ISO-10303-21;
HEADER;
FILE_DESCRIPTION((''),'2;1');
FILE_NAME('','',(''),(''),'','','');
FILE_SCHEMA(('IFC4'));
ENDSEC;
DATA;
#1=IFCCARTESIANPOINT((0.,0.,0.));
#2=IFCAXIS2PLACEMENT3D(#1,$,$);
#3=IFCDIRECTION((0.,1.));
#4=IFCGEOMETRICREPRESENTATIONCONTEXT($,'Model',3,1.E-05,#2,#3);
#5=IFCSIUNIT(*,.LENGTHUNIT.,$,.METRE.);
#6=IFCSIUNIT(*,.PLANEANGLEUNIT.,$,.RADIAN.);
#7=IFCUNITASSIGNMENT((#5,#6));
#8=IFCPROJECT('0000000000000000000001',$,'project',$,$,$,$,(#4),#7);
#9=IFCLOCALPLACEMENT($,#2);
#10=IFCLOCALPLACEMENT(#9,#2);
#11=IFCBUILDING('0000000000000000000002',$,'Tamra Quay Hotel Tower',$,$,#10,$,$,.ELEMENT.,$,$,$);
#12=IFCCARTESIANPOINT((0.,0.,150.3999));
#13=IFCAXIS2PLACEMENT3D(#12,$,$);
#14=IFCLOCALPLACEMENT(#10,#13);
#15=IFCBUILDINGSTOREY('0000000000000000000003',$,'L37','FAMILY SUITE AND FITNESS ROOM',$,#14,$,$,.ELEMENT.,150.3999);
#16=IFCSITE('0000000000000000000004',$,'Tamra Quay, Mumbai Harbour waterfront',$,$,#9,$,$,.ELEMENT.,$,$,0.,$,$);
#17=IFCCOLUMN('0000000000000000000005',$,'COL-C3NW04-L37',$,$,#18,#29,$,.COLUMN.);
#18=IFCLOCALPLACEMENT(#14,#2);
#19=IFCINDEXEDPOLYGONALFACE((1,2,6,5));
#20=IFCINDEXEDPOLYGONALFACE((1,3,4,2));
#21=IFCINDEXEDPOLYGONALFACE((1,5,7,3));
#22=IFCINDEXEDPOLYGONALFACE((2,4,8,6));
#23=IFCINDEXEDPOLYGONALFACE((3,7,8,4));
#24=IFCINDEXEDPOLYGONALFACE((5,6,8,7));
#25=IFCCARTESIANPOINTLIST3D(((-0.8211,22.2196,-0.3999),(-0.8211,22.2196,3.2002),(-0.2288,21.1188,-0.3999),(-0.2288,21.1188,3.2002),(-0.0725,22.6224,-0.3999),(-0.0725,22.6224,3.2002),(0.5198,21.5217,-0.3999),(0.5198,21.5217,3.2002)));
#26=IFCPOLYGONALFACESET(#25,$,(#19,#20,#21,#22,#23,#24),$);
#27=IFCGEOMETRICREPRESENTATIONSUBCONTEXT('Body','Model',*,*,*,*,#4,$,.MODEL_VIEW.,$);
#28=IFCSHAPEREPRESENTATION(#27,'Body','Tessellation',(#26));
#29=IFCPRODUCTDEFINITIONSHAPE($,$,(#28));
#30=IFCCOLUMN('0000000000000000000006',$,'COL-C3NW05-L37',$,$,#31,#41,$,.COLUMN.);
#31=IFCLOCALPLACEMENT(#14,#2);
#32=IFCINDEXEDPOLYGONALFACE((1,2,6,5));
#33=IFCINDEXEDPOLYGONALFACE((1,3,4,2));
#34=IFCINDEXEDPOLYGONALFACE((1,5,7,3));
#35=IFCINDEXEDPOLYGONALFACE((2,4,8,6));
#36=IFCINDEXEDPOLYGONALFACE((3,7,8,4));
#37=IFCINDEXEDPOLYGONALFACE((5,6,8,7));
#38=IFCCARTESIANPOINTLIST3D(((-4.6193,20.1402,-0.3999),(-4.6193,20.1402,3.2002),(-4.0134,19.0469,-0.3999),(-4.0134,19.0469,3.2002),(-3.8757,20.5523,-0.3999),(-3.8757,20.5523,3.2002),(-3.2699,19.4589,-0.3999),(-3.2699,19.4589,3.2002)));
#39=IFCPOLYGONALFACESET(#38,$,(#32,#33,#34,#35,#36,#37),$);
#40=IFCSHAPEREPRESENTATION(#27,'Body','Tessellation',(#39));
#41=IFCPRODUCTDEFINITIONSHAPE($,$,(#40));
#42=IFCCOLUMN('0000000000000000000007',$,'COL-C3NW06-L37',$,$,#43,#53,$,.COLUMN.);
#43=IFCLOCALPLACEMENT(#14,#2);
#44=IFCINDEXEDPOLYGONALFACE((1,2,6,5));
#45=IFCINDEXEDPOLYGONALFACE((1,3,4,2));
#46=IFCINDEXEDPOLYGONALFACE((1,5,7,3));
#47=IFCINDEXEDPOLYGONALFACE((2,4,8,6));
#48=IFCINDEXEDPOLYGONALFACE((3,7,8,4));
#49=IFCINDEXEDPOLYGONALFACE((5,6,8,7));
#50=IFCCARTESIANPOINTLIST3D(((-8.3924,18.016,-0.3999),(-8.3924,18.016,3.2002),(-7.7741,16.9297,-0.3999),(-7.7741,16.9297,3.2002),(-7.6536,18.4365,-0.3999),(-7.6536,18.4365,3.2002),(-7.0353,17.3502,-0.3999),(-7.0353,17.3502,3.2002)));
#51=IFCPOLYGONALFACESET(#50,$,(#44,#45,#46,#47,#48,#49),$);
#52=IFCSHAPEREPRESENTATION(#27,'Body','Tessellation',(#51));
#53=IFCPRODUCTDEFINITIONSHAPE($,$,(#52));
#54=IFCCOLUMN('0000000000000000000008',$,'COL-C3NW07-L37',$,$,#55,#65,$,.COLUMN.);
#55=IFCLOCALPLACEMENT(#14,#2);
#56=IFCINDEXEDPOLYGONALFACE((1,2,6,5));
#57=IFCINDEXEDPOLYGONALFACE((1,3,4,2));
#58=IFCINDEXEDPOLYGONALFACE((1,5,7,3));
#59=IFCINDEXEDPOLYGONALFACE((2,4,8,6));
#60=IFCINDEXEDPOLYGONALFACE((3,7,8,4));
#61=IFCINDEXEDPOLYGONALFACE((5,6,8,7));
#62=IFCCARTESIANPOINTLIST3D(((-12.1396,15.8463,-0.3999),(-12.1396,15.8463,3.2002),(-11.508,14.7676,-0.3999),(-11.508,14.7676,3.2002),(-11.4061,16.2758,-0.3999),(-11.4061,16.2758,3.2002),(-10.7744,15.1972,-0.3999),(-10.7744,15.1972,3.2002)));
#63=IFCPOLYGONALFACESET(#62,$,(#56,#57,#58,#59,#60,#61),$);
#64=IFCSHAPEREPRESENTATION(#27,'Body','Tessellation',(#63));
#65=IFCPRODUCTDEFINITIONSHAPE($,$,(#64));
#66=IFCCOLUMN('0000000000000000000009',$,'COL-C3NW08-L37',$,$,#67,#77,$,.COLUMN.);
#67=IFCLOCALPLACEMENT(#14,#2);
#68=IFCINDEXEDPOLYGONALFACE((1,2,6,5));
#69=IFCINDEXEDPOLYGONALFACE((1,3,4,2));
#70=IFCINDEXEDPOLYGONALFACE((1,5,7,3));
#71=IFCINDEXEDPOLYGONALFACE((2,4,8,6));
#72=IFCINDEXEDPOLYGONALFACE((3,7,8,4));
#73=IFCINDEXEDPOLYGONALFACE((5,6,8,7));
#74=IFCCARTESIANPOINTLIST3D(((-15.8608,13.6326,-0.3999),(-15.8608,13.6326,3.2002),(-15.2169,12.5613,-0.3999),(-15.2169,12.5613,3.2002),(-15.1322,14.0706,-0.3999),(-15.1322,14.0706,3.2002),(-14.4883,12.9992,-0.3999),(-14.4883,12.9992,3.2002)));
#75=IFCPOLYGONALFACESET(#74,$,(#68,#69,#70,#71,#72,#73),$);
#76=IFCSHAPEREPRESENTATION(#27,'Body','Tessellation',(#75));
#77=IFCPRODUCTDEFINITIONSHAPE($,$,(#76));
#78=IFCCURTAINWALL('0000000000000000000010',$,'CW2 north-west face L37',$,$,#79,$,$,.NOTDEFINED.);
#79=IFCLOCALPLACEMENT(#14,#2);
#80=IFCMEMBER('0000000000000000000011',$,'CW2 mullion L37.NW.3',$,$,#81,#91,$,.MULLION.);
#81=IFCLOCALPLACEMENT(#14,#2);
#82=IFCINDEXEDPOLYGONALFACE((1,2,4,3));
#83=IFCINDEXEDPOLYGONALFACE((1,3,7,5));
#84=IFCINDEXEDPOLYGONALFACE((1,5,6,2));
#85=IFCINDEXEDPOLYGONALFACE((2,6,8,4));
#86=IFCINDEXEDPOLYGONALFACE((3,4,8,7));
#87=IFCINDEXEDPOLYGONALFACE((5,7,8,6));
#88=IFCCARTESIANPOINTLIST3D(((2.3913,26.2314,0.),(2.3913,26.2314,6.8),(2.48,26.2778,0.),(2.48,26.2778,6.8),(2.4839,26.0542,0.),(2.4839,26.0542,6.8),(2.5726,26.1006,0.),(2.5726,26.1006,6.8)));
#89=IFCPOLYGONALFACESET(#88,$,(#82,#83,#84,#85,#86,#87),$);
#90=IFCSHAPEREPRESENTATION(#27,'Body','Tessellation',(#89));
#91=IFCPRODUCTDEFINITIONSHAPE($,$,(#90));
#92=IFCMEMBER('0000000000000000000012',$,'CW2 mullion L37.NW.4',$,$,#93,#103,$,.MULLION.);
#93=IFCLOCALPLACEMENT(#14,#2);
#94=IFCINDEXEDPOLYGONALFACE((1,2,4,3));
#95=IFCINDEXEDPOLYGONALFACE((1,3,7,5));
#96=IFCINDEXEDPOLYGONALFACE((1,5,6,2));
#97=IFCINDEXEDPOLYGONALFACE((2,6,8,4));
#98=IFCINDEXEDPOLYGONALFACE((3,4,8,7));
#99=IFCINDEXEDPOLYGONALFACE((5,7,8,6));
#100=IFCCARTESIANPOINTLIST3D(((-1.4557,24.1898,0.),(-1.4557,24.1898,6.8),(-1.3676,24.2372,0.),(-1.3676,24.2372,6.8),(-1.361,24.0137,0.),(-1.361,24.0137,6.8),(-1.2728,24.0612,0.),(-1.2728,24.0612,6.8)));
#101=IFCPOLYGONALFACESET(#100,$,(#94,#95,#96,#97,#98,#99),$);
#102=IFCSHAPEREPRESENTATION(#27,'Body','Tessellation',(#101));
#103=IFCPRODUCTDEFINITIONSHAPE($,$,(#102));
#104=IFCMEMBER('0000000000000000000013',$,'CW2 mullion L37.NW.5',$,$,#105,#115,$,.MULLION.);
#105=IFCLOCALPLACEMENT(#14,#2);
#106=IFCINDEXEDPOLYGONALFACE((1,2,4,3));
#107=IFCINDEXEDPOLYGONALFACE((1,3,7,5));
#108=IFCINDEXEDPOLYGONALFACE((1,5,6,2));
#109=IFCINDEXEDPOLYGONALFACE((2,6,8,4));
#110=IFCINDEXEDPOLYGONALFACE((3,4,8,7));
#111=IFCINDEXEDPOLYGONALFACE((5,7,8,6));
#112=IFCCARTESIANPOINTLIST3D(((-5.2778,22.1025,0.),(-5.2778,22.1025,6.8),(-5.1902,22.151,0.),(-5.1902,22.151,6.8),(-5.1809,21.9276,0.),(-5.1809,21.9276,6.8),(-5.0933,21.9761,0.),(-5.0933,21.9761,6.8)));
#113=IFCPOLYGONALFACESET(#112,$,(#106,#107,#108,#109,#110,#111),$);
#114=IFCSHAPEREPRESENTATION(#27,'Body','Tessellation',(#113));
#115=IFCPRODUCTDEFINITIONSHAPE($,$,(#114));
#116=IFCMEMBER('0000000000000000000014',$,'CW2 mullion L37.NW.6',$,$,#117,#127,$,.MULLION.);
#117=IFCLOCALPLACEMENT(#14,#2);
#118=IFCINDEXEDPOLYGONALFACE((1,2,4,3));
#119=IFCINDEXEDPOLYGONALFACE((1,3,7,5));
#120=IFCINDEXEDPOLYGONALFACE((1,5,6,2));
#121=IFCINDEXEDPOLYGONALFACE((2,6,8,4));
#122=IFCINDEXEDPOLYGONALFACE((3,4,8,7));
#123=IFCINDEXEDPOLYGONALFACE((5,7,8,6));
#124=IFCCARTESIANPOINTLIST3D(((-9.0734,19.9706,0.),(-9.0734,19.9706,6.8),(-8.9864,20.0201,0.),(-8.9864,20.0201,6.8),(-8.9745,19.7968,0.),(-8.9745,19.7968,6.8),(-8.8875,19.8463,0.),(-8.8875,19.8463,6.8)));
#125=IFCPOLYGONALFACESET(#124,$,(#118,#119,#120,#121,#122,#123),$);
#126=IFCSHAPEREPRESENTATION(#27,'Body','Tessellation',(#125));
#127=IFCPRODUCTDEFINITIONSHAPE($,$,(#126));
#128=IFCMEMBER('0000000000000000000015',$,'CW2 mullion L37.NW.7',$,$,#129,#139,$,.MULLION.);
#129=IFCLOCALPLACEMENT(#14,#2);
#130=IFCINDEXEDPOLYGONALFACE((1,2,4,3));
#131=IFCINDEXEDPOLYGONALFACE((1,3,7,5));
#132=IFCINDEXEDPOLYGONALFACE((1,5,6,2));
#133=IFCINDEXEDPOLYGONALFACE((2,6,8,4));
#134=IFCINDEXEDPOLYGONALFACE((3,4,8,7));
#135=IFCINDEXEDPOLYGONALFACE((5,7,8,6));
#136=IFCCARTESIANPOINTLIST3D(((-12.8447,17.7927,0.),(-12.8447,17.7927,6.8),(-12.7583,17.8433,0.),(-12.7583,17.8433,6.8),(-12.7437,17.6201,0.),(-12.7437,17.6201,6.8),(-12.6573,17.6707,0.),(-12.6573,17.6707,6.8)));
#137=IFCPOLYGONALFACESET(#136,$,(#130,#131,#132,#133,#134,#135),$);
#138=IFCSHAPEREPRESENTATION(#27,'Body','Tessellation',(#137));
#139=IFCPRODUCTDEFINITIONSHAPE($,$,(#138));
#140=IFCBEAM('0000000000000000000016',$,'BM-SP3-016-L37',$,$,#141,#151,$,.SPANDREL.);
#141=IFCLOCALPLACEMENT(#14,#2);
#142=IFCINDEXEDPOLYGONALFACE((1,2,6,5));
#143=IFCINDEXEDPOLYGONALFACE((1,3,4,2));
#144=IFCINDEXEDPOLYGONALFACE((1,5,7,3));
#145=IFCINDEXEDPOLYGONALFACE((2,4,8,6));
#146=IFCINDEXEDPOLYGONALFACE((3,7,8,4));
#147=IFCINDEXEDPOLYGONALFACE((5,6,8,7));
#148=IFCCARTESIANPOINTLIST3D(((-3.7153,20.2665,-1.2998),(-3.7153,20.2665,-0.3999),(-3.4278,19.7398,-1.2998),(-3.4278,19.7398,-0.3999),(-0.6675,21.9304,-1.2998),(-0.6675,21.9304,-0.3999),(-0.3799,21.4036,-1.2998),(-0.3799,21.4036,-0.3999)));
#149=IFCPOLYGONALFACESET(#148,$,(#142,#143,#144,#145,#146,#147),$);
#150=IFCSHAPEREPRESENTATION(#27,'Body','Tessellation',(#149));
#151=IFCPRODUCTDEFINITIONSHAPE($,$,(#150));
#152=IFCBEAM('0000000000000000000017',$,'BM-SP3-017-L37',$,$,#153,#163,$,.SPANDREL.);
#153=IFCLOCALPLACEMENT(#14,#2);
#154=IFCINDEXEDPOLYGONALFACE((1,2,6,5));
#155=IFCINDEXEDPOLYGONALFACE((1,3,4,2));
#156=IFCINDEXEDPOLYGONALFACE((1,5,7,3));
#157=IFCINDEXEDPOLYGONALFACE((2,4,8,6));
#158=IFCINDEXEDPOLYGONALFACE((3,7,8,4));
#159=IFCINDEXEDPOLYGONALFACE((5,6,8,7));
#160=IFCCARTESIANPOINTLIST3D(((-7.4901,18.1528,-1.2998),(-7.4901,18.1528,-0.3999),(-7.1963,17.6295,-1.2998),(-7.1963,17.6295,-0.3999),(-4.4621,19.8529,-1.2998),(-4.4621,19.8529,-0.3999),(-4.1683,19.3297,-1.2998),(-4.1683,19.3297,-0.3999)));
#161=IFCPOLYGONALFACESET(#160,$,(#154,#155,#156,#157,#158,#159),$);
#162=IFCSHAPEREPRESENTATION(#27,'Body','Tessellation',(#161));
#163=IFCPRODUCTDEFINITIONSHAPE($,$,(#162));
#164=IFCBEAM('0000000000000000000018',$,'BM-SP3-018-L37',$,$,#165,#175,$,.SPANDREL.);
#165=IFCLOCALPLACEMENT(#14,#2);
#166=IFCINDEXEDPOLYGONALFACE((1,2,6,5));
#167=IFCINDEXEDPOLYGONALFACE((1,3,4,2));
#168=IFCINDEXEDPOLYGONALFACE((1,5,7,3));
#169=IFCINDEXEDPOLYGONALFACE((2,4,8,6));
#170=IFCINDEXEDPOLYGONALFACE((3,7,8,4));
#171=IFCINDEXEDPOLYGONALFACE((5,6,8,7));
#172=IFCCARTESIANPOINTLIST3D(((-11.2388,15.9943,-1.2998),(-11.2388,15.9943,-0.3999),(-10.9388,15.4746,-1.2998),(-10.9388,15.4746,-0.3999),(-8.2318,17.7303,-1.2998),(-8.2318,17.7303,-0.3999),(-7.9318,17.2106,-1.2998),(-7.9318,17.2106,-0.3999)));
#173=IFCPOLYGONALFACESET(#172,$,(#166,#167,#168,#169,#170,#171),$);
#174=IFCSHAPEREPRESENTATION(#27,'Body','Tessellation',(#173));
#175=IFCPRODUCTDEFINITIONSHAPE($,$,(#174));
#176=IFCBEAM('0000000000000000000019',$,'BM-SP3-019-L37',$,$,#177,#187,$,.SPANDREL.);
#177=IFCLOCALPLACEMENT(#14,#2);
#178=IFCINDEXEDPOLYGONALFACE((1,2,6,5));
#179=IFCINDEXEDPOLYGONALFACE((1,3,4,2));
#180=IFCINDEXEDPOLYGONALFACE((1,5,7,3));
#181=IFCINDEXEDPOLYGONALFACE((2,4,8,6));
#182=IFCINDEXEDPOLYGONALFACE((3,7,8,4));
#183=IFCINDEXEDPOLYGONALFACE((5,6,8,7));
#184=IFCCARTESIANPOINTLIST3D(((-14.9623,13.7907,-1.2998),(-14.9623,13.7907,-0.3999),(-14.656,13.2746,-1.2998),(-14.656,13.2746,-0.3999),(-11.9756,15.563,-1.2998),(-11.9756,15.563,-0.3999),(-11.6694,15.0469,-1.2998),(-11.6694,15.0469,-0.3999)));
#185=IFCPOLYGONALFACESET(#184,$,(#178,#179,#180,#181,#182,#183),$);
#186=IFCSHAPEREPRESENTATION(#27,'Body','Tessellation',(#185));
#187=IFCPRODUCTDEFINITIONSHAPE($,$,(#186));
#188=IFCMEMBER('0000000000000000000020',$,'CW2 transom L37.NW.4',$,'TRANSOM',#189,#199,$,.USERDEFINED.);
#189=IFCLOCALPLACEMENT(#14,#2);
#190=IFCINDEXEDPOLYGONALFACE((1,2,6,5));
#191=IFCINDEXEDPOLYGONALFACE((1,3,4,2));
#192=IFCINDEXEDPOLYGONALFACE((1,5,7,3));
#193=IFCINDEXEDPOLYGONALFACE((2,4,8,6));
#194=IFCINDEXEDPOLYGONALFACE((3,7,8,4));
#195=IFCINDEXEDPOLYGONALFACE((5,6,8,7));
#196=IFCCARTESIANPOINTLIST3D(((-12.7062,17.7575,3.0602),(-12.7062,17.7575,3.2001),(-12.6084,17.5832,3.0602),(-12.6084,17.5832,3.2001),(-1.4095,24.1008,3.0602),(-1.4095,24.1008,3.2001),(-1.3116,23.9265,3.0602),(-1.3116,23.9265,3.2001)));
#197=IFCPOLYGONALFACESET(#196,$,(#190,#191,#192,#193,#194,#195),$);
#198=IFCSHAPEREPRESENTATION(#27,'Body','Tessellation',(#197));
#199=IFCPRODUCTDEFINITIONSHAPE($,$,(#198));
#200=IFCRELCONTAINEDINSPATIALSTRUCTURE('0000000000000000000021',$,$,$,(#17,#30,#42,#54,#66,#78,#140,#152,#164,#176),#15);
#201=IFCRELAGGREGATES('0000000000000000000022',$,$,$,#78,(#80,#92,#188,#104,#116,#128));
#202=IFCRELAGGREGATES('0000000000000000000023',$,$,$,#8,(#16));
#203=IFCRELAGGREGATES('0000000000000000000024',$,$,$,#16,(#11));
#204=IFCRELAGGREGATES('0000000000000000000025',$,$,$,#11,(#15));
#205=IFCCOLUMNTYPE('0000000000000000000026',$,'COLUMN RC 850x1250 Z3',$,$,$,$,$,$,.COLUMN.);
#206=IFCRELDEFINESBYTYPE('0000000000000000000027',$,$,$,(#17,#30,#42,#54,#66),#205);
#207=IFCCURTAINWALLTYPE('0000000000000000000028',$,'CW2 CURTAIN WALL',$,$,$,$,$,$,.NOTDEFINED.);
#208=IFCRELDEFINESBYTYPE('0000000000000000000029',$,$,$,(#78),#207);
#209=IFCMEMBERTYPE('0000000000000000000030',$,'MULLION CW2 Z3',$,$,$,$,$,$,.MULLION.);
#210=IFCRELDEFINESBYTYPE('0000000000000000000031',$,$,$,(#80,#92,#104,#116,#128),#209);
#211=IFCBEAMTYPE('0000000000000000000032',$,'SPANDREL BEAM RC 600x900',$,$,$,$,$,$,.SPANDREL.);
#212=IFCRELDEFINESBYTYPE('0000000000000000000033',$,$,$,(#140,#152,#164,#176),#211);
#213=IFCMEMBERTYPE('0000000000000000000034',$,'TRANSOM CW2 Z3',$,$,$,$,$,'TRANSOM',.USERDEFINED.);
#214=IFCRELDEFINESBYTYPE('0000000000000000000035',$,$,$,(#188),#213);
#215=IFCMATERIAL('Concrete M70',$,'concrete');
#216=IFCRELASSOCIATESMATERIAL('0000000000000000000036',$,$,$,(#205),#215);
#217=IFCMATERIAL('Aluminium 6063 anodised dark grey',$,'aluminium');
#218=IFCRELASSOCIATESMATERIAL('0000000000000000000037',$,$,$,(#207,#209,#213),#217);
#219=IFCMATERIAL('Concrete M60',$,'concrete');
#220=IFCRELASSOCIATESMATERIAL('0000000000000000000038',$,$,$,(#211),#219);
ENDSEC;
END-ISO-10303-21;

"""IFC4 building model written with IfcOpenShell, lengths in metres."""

from ifc_helpers import new_model, si_unit, direction, frame, origin, origin_2d, place, context, subcontext, project, spatial, rectangle, extrude, material, material_profile, profile_set, type_object, element, aggregate, save


model = new_model("IFC4")

# Units and contexts
model_context = context("Model", 3, precision=1e-05, world=origin(), true_north=direction((0.0, 1.0)))
body_context = subcontext(model_context, "Body", "Model", "MODEL_VIEW")
ifc_project = project(units=[si_unit("LENGTHUNIT", "METRE"), si_unit("PLANEANGLEUNIT", "RADIAN")], contexts=[model_context])

# Site, building, storey
site_placement = place(None, origin())
site = spatial("IfcSite", under=ifc_project, at=site_placement, Name="Tamra Quay, Mumbai Harbour waterfront", CompositionType="ELEMENT", RefElevation=0.0)
building_placement = place(site_placement, origin())
building = spatial("IfcBuilding", under=site, at=building_placement, Name="Tamra Quay Hotel Tower", CompositionType="ELEMENT")
storey_placement = place(building_placement, frame((0.0, 0.0, 150.3999)))
storey = spatial("IfcBuildingStorey", under=building, at=storey_placement, Name="L37", Description="FAMILY SUITE AND FITNESS ROOM", CompositionType="ELEMENT", Elevation=150.3999)

# Columns
ifc_material_1 = material(Name="Concrete M70", Category="concrete")
ifc_material_profile_1 = material_profile(ifc_material_1, rectangle(XDim=1.25, YDim=0.8501, at=origin_2d()), Name="COLUMN RC 850x1250 Z3")
ifc_profile_set_1 = profile_set([ifc_material_profile_1], Name="Concrete M70")
column_type = type_object("IfcColumnType", Name="COLUMN RC 850x1250 Z3", PredefinedType="COLUMN", material=ifc_profile_set_1)
for number, where, z_axis, x_axis, name in (
    (1, (-0.1506, 21.8706, -0.3999), (0.0, 0.0, 1.0), (-0.473876, 0.880592, 0.0), "COL-C3NW04-L37"),
    (2, (-3.9446, 19.7996, -0.3999), (0.0, 0.0, 1.0), (-0.484683, 0.87469, 0.0), "COL-C3NW05-L37"),
    (3, (-7.7139, 17.6831, -0.3999), (0.0, 0.0, 1.0), (-0.494656, 0.869089, 0.0), "COL-C3NW06-L37"),
    (4, (-11.457, 15.5217, -0.3999), (0.0, 0.0, 1.0), (-0.505325, 0.862929, 0.0), "COL-C3NW07-L37"),
    (5, (-15.1746, 13.3159, -0.3999), (0.0, 0.0, 1.0), (-0.515162, 0.857093, 0.0), "COL-C3NW08-L37"),
):
    element("IfcColumn", number, at=place(storey_placement, frame(where, z_axis=z_axis, x_axis=x_axis)), inside=storey, type_object=column_type, Name=name, PredefinedType="COLUMN", context=body_context, shape_type="SweptSolid", body=[
        extrude(rectangle(XDim=1.25, YDim=0.8501, at=origin_2d()), origin(), (0.0, 0.0, 1.0), 3.6001),
    ])

# Curtain wall, members
ifc_material_2 = material(Name="Aluminium 6063 anodised dark grey", Category="aluminium")
curtain_wall_type = type_object("IfcCurtainWallType", Name="CW2 CURTAIN WALL", PredefinedType="NOTDEFINED", material=ifc_material_2)
curtain_wall_placement = place(storey_placement, origin())
curtain_wall = element("IfcCurtainWall", 6, at=curtain_wall_placement, inside=storey, type_object=curtain_wall_type, Name="CW2 north-west face L37", PredefinedType="NOTDEFINED")
ifc_material_profile_2 = material_profile(ifc_material_2, rectangle(XDim=0.2, YDim=0.1001, at=origin_2d()), Name="MULLION 100X200")
ifc_profile_set_2 = profile_set([ifc_material_profile_2], Name="Aluminium 6063 anodised dark grey")
member_type_1 = type_object("IfcMemberType", Name="MULLION CW2 Z3", PredefinedType="MULLION", material=ifc_profile_set_2)
member_1_placement = place(storey_placement, frame((2.4819, 26.166, 0.0), z_axis=(0.0, 0.0, 1.0), x_axis=(-0.463366, 0.886167, 0.0)))
member_1 = element("IfcMember", 7, at=member_1_placement, type_object=member_type_1, Name="CW2 mullion L37.NW.3", PredefinedType="MULLION", context=body_context, shape_type="SweptSolid", body=[
    extrude(rectangle(XDim=0.2, YDim=0.1001, at=origin_2d()), origin(), (0.0, 0.0, 1.0), 6.8),
])
member_2_placement = place(storey_placement, frame((-1.3643, 24.1255, 0.0), z_axis=(0.0, 0.0, 1.0), x_axis=(-0.473908, 0.880575, 0.0)))
member_2 = element("IfcMember", 8, at=member_2_placement, type_object=member_type_1, Name="CW2 mullion L37.NW.4", PredefinedType="MULLION", context=body_context, shape_type="SweptSolid", body=[
    extrude(rectangle(XDim=0.2, YDim=0.1001, at=origin_2d()), origin(), (0.0, 0.0, 1.0), 6.8),
])
member_3_placement = place(storey_placement, frame((-5.1855, 22.0393, 0.0), z_axis=(0.0, 0.0, 1.0), x_axis=(-0.484395, 0.87485, 0.0)))
member_3 = element("IfcMember", 9, at=member_3_placement, type_object=member_type_1, Name="CW2 mullion L37.NW.5", PredefinedType="MULLION", context=body_context, shape_type="SweptSolid", body=[
    extrude(rectangle(XDim=0.2, YDim=0.1001, at=origin_2d()), origin(), (0.0, 0.0, 1.0), 6.8),
])
member_4_placement = place(storey_placement, frame((-8.9805, 19.9084, 0.0), z_axis=(0.0, 0.0, 1.0), x_axis=(-0.494813, 0.868999, 0.0)))
member_4 = element("IfcMember", 10, at=member_4_placement, type_object=member_type_1, Name="CW2 mullion L37.NW.6", PredefinedType="MULLION", context=body_context, shape_type="SweptSolid", body=[
    extrude(rectangle(XDim=0.2, YDim=0.1001, at=origin_2d()), origin(), (0.0, 0.0, 1.0), 6.8),
])
member_5_placement = place(storey_placement, frame((-12.751, 17.7317, 0.0), z_axis=(0.0, 0.0, 1.0), x_axis=(-0.505169, 0.863021, 0.0)))
member_5 = element("IfcMember", 11, at=member_5_placement, type_object=member_type_1, Name="CW2 mullion L37.NW.7", PredefinedType="MULLION", context=body_context, shape_type="SweptSolid", body=[
    extrude(rectangle(XDim=0.2, YDim=0.1001, at=origin_2d()), origin(), (0.0, 0.0, 1.0), 6.8),
])

# Beams
ifc_material_3 = material(Name="Concrete M60", Category="concrete")
ifc_material_profile_3 = material_profile(ifc_material_3, rectangle(XDim=0.6001, YDim=0.8999, at=origin_2d()), Name="SPANDREL BEAM RC 600x900")
ifc_profile_set_3 = profile_set([ifc_material_profile_3], Name="Concrete M60")
beam_type = type_object("IfcBeamType", Name="SPANDREL BEAM RC 600x900", PredefinedType="SPANDREL", material=ifc_profile_set_3)
beam_1_placement = place(storey_placement, frame((-0.5237, 21.667, -0.8499), z_axis=(-0.877732, -0.479153, 0.0), x_axis=(0.479153, -0.877732, 0.0)))
element("IfcBeam", 12, at=beam_1_placement, inside=storey, type_object=beam_type, Name="BM-SP3-016-L37", PredefinedType="SPANDREL", context=body_context, shape_type="SweptSolid", body=[
    extrude(rectangle(XDim=0.6001, YDim=0.8999, at=origin_2d()), origin(), (0.0, 0.0, 1.0), 3.4724),
])
beam_2_placement = place(storey_placement, frame((-4.3152, 19.5913, -0.8499), z_axis=(-0.871956, -0.489584, 0.0), x_axis=(0.489584, -0.871956, 0.0)))
element("IfcBeam", 13, at=beam_2_placement, inside=storey, type_object=beam_type, Name="BM-SP3-017-L37", PredefinedType="SPANDREL", context=body_context, shape_type="SweptSolid", body=[
    extrude(rectangle(XDim=0.6001, YDim=0.8999, at=origin_2d()), origin(), (0.0, 0.0, 1.0), 3.4727),
])
beam_3_placement = place(storey_placement, frame((-8.0818, 17.4705, -0.8499), z_axis=(-0.866032, -0.499988, 0.0), x_axis=(0.499988, -0.866032, 0.0)))
element("IfcBeam", 14, at=beam_3_placement, inside=storey, type_object=beam_type, Name="BM-SP3-018-L37", PredefinedType="SPANDREL", context=body_context, shape_type="SweptSolid", body=[
    extrude(rectangle(XDim=0.6001, YDim=0.8999, at=origin_2d()), origin(), (0.0, 0.0, 1.0), 3.4722),
])
beam_4_placement = place(storey_placement, frame((-11.8225, 15.3049, -0.8499), z_axis=(-0.859989, -0.510313, 0.0), x_axis=(0.510313, -0.859989, 0.0)))
element("IfcBeam", 15, at=beam_4_placement, inside=storey, type_object=beam_type, Name="BM-SP3-019-L37", PredefinedType="SPANDREL", context=body_context, shape_type="SweptSolid", body=[
    extrude(rectangle(XDim=0.6001, YDim=0.8999, at=origin_2d()), origin(), (0.0, 0.0, 1.0), 3.4729),
])

# Member
ifc_material_profile_4 = material_profile(ifc_material_2, rectangle(XDim=0.2, YDim=0.1399, at=origin_2d()), Name="TRANSOM 200X140")
ifc_profile_set_4 = profile_set([ifc_material_profile_4], Name="Aluminium 6063 anodised dark grey")
member_type_2 = type_object("IfcMemberType", Name="TRANSOM CW2 Z3", ElementType="TRANSOM", PredefinedType="USERDEFINED", material=ifc_profile_set_4)
member_6_placement = place(storey_placement, frame((-1.3606, 24.0137, 3.1301), z_axis=(-0.871941, -0.489611, 0.0), x_axis=(0.489611, -0.871941, 0.0)))
member_6 = element("IfcMember", 16, at=member_6_placement, type_object=member_type_2, Name="CW2 transom L37.NW.4", ObjectType="TRANSOM", PredefinedType="USERDEFINED", context=body_context, shape_type="SweptSolid", body=[
    extrude(rectangle(XDim=0.2, YDim=0.1399, at=origin_2d()), origin(), (0.0, 0.0, 1.0), 12.9558),
])

aggregate(curtain_wall, [member_1, member_2, member_6, member_3, member_4, member_5])

save(model, "model.ifc")
